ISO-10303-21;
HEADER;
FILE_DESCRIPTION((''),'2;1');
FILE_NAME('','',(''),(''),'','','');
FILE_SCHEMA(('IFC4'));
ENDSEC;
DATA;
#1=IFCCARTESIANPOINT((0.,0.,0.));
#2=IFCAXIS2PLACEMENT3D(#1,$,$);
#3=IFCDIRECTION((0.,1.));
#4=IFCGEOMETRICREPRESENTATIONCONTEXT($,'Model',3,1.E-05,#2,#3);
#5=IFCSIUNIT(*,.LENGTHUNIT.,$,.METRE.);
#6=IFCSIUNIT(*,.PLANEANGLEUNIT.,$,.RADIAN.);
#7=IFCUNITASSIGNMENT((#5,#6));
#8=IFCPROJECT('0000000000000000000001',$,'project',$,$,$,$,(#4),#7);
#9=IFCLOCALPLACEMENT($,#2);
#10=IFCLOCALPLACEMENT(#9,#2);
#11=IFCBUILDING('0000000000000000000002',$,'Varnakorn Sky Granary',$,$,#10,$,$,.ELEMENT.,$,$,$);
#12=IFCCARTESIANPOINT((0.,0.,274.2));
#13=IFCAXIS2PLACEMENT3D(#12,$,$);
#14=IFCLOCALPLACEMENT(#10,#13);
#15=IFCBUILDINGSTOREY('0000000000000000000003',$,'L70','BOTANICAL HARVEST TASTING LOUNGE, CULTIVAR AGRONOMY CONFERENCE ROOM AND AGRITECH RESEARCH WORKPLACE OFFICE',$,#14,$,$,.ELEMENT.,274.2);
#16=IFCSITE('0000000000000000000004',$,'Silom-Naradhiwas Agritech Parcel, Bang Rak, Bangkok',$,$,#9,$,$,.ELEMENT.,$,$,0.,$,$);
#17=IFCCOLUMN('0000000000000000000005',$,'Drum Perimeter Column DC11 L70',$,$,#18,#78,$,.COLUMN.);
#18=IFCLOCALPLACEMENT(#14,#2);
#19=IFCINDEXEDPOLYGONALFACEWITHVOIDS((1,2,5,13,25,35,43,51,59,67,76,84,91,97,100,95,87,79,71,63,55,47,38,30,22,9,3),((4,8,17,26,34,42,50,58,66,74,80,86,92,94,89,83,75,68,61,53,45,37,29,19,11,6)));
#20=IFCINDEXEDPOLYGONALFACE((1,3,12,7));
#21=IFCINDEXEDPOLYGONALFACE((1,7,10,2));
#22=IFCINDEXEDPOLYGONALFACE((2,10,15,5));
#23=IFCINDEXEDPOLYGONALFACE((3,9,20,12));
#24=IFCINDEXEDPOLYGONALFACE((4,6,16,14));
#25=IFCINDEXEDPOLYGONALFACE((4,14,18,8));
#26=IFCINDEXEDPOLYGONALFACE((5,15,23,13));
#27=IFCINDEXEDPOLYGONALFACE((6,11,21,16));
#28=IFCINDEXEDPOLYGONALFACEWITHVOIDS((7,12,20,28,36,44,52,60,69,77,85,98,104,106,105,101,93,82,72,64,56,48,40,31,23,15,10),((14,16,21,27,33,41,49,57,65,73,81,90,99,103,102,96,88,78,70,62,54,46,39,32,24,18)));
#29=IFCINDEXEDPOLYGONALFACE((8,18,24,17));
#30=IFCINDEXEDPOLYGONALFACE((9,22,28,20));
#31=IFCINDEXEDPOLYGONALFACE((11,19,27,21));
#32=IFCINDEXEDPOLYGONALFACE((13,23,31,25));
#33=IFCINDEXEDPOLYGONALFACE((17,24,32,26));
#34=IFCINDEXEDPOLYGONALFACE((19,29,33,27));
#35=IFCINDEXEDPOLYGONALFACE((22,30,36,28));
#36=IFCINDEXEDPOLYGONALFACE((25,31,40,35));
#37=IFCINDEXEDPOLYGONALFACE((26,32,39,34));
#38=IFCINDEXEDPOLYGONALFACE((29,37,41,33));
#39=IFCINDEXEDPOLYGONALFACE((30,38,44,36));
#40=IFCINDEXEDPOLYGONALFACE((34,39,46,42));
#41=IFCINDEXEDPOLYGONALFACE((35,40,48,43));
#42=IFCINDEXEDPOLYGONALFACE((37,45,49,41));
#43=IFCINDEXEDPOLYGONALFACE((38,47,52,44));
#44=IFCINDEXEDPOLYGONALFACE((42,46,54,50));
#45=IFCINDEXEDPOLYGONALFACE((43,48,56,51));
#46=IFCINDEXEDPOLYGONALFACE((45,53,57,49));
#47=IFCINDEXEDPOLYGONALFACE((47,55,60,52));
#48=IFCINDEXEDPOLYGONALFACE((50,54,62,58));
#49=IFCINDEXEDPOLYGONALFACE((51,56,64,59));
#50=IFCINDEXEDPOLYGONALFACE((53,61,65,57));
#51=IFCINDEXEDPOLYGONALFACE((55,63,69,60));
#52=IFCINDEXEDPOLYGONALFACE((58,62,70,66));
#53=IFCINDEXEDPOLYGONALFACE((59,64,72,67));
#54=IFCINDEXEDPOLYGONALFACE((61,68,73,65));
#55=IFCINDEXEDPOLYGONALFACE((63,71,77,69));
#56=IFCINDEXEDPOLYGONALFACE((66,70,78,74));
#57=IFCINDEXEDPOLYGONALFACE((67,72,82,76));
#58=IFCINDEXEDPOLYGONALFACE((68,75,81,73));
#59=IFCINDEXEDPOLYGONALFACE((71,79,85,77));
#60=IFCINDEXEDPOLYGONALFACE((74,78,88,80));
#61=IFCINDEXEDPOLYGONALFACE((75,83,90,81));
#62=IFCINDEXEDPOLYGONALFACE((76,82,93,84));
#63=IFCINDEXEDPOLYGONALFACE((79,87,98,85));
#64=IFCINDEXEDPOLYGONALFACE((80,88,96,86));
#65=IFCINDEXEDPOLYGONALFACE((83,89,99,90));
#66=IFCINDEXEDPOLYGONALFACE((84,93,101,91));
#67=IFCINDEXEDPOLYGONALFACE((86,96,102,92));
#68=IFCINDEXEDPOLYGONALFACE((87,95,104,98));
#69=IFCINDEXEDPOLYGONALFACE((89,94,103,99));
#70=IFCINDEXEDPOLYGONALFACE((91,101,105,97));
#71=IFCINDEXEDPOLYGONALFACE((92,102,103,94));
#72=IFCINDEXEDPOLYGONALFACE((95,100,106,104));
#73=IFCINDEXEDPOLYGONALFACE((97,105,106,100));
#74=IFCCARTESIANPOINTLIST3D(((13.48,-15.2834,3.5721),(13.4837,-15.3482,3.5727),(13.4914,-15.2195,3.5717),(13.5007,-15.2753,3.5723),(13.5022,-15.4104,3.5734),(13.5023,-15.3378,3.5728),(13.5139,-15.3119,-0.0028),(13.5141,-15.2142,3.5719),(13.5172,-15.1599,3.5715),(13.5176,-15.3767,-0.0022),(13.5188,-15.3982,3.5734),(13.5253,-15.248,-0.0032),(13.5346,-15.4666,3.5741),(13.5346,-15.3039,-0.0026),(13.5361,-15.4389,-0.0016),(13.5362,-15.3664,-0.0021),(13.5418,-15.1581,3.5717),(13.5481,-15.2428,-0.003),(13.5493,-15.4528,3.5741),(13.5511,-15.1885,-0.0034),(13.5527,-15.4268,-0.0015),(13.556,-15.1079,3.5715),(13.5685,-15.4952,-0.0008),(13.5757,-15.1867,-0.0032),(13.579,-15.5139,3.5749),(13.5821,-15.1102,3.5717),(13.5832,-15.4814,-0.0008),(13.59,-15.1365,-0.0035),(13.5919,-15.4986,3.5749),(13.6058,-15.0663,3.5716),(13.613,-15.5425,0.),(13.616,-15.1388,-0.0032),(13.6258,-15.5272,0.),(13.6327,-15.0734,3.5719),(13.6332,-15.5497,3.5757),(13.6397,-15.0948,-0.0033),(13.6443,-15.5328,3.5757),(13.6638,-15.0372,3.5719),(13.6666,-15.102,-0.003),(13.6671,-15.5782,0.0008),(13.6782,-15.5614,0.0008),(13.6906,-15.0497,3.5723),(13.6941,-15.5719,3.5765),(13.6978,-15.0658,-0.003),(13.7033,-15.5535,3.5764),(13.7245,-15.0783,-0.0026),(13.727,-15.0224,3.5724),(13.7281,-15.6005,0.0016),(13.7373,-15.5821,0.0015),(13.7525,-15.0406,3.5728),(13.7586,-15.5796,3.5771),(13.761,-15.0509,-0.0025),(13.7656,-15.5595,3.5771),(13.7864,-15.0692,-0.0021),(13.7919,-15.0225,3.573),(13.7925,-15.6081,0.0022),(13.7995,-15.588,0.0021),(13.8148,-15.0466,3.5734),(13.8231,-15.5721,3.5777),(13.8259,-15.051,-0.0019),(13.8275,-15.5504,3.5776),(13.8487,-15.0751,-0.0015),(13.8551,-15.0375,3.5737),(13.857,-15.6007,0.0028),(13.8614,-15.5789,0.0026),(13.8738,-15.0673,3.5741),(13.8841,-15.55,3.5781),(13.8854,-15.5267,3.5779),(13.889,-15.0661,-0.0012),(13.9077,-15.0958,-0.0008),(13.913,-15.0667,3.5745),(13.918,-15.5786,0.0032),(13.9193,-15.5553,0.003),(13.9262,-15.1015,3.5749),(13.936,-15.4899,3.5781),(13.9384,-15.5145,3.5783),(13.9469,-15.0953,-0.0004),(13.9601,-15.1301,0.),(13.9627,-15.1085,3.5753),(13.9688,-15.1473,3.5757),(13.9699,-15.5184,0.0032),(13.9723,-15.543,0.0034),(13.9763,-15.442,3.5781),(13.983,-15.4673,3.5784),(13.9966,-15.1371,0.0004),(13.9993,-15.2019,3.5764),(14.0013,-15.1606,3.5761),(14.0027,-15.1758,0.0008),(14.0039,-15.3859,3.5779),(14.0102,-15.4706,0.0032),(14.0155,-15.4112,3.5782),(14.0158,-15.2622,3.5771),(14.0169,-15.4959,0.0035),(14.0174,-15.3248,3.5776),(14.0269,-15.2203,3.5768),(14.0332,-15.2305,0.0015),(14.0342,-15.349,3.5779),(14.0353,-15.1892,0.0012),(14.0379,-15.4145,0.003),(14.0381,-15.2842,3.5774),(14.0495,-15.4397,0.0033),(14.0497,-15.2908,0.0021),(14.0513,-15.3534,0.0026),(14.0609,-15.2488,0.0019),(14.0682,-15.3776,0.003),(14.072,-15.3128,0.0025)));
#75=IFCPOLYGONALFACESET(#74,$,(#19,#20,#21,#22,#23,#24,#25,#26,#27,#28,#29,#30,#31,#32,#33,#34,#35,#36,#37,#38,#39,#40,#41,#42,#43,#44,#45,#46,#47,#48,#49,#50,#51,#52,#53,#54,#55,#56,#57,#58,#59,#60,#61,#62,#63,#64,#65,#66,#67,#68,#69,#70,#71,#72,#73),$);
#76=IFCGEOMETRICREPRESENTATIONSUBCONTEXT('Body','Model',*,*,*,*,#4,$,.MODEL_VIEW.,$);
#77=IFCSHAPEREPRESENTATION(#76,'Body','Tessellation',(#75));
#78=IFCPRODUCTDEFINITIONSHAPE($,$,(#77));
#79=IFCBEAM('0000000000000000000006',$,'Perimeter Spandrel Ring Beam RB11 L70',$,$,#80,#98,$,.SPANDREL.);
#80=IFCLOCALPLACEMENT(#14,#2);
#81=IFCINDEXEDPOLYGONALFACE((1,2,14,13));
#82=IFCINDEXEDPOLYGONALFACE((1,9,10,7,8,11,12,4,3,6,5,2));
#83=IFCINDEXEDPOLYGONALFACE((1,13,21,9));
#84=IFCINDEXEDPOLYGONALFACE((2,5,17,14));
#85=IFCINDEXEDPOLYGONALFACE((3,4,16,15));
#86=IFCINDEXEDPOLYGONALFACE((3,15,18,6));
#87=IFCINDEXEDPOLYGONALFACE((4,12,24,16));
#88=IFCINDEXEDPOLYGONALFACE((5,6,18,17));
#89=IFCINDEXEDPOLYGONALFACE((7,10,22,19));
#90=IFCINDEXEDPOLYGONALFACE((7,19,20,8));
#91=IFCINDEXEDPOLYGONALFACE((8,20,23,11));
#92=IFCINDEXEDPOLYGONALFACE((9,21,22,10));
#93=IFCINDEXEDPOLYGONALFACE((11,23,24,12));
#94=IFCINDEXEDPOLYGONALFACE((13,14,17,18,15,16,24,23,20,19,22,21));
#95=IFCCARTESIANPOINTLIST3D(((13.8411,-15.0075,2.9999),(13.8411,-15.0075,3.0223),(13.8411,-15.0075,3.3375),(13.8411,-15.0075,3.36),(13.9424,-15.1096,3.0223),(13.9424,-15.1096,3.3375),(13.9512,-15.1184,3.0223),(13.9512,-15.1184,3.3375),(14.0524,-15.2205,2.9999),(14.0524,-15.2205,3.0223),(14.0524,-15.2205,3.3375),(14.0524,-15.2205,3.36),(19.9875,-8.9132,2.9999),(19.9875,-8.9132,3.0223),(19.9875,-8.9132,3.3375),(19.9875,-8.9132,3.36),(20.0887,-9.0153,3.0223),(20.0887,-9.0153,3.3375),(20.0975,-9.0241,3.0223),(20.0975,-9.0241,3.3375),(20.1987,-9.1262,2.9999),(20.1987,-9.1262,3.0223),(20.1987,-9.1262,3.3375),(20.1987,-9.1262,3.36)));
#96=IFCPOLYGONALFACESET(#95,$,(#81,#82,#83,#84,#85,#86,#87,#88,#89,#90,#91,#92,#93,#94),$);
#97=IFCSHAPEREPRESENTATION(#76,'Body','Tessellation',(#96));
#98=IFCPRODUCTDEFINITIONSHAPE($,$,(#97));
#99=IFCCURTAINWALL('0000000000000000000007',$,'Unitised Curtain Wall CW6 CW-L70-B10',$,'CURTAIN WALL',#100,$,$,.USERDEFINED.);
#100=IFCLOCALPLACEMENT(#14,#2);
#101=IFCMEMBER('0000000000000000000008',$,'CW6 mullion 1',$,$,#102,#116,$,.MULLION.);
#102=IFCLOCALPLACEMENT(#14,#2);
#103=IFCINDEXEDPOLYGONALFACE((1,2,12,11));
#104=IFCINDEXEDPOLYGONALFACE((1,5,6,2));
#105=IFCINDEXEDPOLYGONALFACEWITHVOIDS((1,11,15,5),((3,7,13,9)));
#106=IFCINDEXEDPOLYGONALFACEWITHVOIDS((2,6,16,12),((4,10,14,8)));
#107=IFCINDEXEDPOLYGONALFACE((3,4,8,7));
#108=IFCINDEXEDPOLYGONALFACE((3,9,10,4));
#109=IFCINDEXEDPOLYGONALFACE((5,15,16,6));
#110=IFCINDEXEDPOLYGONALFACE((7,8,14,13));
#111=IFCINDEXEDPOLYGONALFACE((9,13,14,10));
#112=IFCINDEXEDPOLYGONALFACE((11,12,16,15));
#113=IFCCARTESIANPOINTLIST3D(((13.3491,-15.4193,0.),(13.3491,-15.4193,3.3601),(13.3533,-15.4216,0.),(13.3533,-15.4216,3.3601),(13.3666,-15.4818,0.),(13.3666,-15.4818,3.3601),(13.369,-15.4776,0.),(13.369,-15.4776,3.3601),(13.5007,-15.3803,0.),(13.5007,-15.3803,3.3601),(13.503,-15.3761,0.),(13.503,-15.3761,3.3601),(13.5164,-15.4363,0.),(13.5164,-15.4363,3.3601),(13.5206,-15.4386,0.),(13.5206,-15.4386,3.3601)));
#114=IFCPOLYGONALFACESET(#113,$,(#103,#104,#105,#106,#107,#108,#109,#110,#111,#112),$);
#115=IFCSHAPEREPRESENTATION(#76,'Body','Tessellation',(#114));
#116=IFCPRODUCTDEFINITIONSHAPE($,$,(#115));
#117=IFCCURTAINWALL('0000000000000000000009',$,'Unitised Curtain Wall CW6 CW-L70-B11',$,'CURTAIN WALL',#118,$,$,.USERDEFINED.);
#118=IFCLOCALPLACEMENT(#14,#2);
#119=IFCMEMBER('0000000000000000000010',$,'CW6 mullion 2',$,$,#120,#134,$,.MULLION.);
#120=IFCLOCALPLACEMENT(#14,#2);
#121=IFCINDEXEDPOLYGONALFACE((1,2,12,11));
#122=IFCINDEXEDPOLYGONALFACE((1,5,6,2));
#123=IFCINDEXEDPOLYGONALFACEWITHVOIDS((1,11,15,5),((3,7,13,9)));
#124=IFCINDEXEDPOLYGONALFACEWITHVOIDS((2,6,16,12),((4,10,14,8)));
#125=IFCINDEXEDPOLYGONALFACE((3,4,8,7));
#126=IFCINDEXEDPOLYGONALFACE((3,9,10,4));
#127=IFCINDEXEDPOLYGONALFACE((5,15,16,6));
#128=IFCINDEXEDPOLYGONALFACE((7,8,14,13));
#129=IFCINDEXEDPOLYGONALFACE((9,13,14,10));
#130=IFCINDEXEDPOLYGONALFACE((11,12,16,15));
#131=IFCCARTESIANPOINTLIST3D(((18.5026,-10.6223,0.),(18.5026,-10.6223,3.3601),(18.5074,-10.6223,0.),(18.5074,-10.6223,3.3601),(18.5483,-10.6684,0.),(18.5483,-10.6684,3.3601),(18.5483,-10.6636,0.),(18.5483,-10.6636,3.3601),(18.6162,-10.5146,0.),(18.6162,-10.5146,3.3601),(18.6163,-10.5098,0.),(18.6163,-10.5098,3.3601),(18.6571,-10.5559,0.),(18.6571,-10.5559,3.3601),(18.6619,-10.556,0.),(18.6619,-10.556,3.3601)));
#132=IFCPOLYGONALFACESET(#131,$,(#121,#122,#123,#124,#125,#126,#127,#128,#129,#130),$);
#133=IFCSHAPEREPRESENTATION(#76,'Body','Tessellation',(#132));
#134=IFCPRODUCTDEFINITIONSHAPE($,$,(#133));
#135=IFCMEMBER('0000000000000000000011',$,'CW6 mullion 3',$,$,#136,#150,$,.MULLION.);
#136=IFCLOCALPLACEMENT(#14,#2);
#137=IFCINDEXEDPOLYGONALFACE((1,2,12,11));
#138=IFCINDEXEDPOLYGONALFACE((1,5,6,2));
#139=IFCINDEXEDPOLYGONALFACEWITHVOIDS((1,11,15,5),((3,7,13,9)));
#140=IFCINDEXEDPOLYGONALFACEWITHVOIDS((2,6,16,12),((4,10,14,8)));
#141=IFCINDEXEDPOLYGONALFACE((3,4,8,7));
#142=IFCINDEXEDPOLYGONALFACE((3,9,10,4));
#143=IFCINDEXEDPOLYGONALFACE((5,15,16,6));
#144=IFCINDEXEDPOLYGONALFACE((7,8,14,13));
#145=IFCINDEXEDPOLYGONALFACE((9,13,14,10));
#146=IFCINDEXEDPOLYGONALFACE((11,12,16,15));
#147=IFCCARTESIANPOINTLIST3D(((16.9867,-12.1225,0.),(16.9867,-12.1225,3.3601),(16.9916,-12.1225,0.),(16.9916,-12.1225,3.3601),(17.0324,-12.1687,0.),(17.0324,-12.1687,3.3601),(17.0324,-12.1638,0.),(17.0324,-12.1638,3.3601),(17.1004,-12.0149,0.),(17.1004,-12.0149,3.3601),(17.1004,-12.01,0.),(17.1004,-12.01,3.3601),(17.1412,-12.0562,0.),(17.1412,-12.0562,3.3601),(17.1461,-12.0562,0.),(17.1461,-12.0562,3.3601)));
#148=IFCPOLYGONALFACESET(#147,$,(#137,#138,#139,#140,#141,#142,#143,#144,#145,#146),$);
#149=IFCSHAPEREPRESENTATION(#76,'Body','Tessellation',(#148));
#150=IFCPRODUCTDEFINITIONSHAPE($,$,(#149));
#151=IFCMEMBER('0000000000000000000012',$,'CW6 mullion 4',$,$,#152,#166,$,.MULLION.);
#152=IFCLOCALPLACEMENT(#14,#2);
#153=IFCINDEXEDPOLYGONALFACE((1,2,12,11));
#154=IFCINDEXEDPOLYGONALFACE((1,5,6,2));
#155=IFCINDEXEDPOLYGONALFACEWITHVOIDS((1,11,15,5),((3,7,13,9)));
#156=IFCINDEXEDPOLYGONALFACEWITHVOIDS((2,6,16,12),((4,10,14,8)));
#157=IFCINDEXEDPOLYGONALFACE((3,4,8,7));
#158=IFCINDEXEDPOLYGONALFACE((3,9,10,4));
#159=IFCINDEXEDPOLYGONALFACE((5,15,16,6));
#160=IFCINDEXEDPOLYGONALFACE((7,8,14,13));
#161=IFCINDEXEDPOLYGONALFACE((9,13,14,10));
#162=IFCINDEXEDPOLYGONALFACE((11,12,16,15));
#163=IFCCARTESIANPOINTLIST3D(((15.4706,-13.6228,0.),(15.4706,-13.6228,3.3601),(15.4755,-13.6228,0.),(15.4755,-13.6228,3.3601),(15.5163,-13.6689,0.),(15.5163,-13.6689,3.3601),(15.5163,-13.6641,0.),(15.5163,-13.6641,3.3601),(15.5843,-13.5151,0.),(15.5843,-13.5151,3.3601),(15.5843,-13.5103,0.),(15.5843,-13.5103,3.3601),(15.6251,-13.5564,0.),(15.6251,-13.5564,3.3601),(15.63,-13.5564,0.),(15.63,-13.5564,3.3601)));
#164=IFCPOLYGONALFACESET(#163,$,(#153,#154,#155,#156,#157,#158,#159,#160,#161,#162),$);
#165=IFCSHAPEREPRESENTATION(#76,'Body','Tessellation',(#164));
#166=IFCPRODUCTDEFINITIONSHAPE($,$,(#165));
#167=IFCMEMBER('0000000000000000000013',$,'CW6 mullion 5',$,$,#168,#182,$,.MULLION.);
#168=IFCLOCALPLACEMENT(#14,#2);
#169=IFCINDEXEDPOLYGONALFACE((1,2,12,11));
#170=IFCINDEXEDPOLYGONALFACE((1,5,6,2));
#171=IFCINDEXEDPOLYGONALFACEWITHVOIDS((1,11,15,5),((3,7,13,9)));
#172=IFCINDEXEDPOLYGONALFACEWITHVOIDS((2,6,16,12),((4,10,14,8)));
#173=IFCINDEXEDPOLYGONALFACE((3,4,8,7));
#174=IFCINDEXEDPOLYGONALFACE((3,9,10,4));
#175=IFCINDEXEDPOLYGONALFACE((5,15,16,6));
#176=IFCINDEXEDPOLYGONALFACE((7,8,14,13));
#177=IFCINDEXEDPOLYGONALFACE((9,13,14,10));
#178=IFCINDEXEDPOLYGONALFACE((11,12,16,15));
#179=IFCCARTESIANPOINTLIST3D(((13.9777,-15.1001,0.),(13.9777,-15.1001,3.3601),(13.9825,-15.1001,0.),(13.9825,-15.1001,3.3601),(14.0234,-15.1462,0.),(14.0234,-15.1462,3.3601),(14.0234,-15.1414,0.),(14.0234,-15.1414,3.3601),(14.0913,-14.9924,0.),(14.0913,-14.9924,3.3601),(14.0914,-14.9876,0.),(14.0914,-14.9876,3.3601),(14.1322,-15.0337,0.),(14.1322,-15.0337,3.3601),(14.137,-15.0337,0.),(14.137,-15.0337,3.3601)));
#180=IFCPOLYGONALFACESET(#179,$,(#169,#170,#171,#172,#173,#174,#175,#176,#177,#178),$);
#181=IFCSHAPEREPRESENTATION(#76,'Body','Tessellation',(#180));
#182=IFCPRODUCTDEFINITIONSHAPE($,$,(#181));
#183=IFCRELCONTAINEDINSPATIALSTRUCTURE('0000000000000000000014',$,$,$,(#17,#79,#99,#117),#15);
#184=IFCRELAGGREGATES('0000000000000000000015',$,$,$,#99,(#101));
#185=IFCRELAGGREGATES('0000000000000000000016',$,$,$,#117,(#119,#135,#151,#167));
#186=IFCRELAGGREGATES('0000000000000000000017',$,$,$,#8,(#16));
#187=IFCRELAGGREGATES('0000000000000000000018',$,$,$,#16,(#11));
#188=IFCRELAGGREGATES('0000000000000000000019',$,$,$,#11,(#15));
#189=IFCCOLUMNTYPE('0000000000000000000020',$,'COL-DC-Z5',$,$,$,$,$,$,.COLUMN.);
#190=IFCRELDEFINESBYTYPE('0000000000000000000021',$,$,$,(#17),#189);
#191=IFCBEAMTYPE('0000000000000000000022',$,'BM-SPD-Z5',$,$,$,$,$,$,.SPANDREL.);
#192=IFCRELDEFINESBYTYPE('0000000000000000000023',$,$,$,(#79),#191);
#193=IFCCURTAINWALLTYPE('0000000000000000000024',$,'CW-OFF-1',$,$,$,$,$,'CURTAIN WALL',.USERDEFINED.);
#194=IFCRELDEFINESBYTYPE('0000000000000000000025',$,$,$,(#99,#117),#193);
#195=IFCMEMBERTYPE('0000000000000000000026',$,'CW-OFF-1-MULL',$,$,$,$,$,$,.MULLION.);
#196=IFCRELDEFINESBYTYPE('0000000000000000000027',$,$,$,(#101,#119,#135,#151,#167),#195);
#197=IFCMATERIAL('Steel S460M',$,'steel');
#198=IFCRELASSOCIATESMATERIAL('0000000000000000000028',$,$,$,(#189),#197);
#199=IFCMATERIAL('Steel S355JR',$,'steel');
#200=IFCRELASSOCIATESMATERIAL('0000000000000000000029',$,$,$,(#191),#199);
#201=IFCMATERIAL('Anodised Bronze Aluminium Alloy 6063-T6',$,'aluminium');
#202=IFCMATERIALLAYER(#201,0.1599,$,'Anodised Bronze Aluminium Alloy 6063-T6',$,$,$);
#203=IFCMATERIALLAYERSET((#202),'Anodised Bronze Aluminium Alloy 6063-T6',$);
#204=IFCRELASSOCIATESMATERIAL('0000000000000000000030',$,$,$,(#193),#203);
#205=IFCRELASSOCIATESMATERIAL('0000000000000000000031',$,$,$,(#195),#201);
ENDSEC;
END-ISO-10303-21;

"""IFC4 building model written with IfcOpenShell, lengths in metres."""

from ifc_helpers import new_model, si_unit, direction, frame, origin, origin_2d, place, context, subcontext, project, spatial, hollow_rectangle, hollow_circle, i_section, extrude, material, layer, layer_set, material_profile, profile_set, type_object, element, aggregate, save


model = new_model("IFC4")

# Units and contexts
model_context = context("Model", 3, precision=1e-05, world=origin(), true_north=direction((0.0, 1.0)))
body_context = subcontext(model_context, "Body", "Model", "MODEL_VIEW")
ifc_project = project(units=[si_unit("LENGTHUNIT", "METRE"), si_unit("PLANEANGLEUNIT", "RADIAN")], contexts=[model_context])

# Site, building, storey
site_placement = place(None, origin())
site = spatial("IfcSite", under=ifc_project, at=site_placement, Name="Silom-Naradhiwas Agritech Parcel, Bang Rak, Bangkok", CompositionType="ELEMENT", RefElevation=0.0)
building_placement = place(site_placement, origin())
building = spatial("IfcBuilding", under=site, at=building_placement, Name="Varnakorn Sky Granary", CompositionType="ELEMENT")
storey_placement = place(building_placement, frame((0.0, 0.0, 274.2)))
storey = spatial("IfcBuildingStorey", under=building, at=storey_placement, Name="L70", Description="BOTANICAL HARVEST TASTING LOUNGE, CULTIVAR AGRONOMY CONFERENCE ROOM AND AGRITECH RESEARCH WORKPLACE OFFICE", CompositionType="ELEMENT", Elevation=274.2)

# Column
ifc_material_1 = material(Name="Steel S460M", Category="steel")
ifc_material_profile_1 = material_profile(ifc_material_1, hollow_circle(Radius=0.2795, WallThickness=0.02, at=origin_2d()), Name="CHS 559x20")
ifc_profile_set_1 = profile_set([ifc_material_profile_1], Name="Steel S460M")
column_type = type_object("IfcColumnType", Name="COL-DC-Z5", PredefinedType="COLUMN", material=ifc_profile_set_1)
column_placement = place(storey_placement, frame((13.793, -15.3286, 0.0), z_axis=(-0.009492, 0.00799, 0.999923), x_axis=(-0.643966, -0.765054, 0.0)))
element("IfcColumn", 1, at=column_placement, inside=storey, type_object=column_type, Name="Drum Perimeter Column DC11 L70", PredefinedType="COLUMN", context=body_context, shape_type="SweptSolid", body=[
    extrude(hollow_circle(Radius=0.2795, WallThickness=0.02, at=origin_2d()), origin(), (0.0, 0.0, 1.0), 3.5752),
])

# Beam
ifc_material_2 = material(Name="Steel S355JR", Category="steel")
ifc_material_profile_2 = material_profile(ifc_material_2, i_section(OverallWidth=0.3, OverallDepth=0.3601, WebThickness=0.0125, FlangeThickness=0.0225, at=origin_2d()), Name="HE 360 B")
ifc_profile_set_2 = profile_set([ifc_material_profile_2], Name="Steel S355JR")
beam_type = type_object("IfcBeamType", Name="BM-SPD-Z5", PredefinedType="SPANDREL", material=ifc_profile_set_2)
beam_placement = place(storey_placement, frame((13.9468, -15.114, 3.1799), z_axis=(0.710104, 0.704096, 0.0), x_axis=(-0.704096, 0.710104, 0.0)))
element("IfcBeam", 2, at=beam_placement, inside=storey, type_object=beam_type, Name="Perimeter Spandrel Ring Beam RB11 L70", PredefinedType="SPANDREL", context=body_context, shape_type="SweptSolid", body=[
    extrude(i_section(OverallWidth=0.3, OverallDepth=0.3601, WebThickness=0.0125, FlangeThickness=0.0225, at=origin_2d()), origin(), (0.0, 0.0, 1.0), 8.6555),
])

# Curtain wall, member
ifc_material_3 = material(Name="Anodised Bronze Aluminium Alloy 6063-T6", Category="aluminium")
ifc_layer_1 = layer(ifc_material_3, 0.1599, Name="Anodised Bronze Aluminium Alloy 6063-T6")
ifc_layer_set_1 = layer_set([ifc_layer_1], Name="Anodised Bronze Aluminium Alloy 6063-T6")
curtain_wall_type = type_object("IfcCurtainWallType", Name="CW-OFF-1", ElementType="CURTAIN WALL", PredefinedType="USERDEFINED", material=ifc_layer_set_1)
curtain_wall_1_placement = place(storey_placement, origin())
curtain_wall_1 = element("IfcCurtainWall", 3, at=curtain_wall_1_placement, inside=storey, type_object=curtain_wall_type, Name="Unitised Curtain Wall CW6 CW-L70-B10", ObjectType="CURTAIN WALL", PredefinedType="USERDEFINED")
ifc_material_profile_3 = material_profile(ifc_material_3, hollow_rectangle(XDim=0.0649, YDim=0.1599, WallThickness=0.0034, at=origin_2d()), Name="ALU MULL 65x160")
ifc_profile_set_3 = profile_set([ifc_material_profile_3], Name="Anodised Bronze Aluminium Alloy 6063-T6")
member_type_1 = type_object("IfcMemberType", Name="CW-OFF-1-MULL", PredefinedType="MULLION", material=ifc_profile_set_3)
member_1_placement = place(storey_placement, frame((13.4348, -15.429, 0.0), z_axis=(0.0, 0.0, 1.0), x_axis=(0.269869, -0.962897, 0.0)))
member_1 = element("IfcMember", 4, at=member_1_placement, type_object=member_type_1, Name="CW6 mullion 1", PredefinedType="MULLION", context=body_context, shape_type="SweptSolid", body=[
    extrude(hollow_rectangle(XDim=0.0649, YDim=0.1599, WallThickness=0.0034, at=origin_2d()), origin(), (0.0, 0.0, 1.0), 3.3601),
])

# Curtain wall, members
curtain_wall_2_placement = place(storey_placement, origin())
curtain_wall_2 = element("IfcCurtainWall", 5, at=curtain_wall_2_placement, inside=storey, type_object=curtain_wall_type, Name="Unitised Curtain Wall CW6 CW-L70-B11", ObjectType="CURTAIN WALL", PredefinedType="USERDEFINED")
member_2_placement = place(storey_placement, frame((18.5823, -10.5891, 0.0), z_axis=(0.0, 0.0, 1.0), x_axis=(0.703399, -0.710795, 0.0)))
member_2 = element("IfcMember", 6, at=member_2_placement, type_object=member_type_1, Name="CW6 mullion 2", PredefinedType="MULLION", context=body_context, shape_type="SweptSolid", body=[
    extrude(hollow_rectangle(XDim=0.0649, YDim=0.1599, WallThickness=0.0034, at=origin_2d()), origin(), (0.0, 0.0, 1.0), 3.3601),
])
member_3_placement = place(storey_placement, frame((17.0664, -12.0894, 0.0), z_axis=(0.0, 0.0, 1.0), x_axis=(0.703399, -0.710795, 0.0)))
member_3 = element("IfcMember", 7, at=member_3_placement, type_object=member_type_1, Name="CW6 mullion 3", PredefinedType="MULLION", context=body_context, shape_type="SweptSolid", body=[
    extrude(hollow_rectangle(XDim=0.0649, YDim=0.1599, WallThickness=0.0034, at=origin_2d()), origin(), (0.0, 0.0, 1.0), 3.3601),
])
member_4_placement = place(storey_placement, frame((15.5503, -13.5896, 0.0), z_axis=(0.0, 0.0, 1.0), x_axis=(0.703399, -0.710795, 0.0)))
member_4 = element("IfcMember", 8, at=member_4_placement, type_object=member_type_1, Name="CW6 mullion 4", PredefinedType="MULLION", context=body_context, shape_type="SweptSolid", body=[
    extrude(hollow_rectangle(XDim=0.0649, YDim=0.1599, WallThickness=0.0034, at=origin_2d()), origin(), (0.0, 0.0, 1.0), 3.3601),
])
member_5_placement = place(storey_placement, frame((14.0574, -15.0669, 0.0), z_axis=(0.0, 0.0, 1.0), x_axis=(0.703399, -0.710795, 0.0)))
member_5 = element("IfcMember", 9, at=member_5_placement, type_object=member_type_1, Name="CW6 mullion 5", PredefinedType="MULLION", context=body_context, shape_type="SweptSolid", body=[
    extrude(hollow_rectangle(XDim=0.0649, YDim=0.1599, WallThickness=0.0034, at=origin_2d()), origin(), (0.0, 0.0, 1.0), 3.3601),
])

aggregate(curtain_wall_1, [member_1])

aggregate(curtain_wall_2, [member_2, member_3, member_4, member_5])

save(model, "model.ifc")
